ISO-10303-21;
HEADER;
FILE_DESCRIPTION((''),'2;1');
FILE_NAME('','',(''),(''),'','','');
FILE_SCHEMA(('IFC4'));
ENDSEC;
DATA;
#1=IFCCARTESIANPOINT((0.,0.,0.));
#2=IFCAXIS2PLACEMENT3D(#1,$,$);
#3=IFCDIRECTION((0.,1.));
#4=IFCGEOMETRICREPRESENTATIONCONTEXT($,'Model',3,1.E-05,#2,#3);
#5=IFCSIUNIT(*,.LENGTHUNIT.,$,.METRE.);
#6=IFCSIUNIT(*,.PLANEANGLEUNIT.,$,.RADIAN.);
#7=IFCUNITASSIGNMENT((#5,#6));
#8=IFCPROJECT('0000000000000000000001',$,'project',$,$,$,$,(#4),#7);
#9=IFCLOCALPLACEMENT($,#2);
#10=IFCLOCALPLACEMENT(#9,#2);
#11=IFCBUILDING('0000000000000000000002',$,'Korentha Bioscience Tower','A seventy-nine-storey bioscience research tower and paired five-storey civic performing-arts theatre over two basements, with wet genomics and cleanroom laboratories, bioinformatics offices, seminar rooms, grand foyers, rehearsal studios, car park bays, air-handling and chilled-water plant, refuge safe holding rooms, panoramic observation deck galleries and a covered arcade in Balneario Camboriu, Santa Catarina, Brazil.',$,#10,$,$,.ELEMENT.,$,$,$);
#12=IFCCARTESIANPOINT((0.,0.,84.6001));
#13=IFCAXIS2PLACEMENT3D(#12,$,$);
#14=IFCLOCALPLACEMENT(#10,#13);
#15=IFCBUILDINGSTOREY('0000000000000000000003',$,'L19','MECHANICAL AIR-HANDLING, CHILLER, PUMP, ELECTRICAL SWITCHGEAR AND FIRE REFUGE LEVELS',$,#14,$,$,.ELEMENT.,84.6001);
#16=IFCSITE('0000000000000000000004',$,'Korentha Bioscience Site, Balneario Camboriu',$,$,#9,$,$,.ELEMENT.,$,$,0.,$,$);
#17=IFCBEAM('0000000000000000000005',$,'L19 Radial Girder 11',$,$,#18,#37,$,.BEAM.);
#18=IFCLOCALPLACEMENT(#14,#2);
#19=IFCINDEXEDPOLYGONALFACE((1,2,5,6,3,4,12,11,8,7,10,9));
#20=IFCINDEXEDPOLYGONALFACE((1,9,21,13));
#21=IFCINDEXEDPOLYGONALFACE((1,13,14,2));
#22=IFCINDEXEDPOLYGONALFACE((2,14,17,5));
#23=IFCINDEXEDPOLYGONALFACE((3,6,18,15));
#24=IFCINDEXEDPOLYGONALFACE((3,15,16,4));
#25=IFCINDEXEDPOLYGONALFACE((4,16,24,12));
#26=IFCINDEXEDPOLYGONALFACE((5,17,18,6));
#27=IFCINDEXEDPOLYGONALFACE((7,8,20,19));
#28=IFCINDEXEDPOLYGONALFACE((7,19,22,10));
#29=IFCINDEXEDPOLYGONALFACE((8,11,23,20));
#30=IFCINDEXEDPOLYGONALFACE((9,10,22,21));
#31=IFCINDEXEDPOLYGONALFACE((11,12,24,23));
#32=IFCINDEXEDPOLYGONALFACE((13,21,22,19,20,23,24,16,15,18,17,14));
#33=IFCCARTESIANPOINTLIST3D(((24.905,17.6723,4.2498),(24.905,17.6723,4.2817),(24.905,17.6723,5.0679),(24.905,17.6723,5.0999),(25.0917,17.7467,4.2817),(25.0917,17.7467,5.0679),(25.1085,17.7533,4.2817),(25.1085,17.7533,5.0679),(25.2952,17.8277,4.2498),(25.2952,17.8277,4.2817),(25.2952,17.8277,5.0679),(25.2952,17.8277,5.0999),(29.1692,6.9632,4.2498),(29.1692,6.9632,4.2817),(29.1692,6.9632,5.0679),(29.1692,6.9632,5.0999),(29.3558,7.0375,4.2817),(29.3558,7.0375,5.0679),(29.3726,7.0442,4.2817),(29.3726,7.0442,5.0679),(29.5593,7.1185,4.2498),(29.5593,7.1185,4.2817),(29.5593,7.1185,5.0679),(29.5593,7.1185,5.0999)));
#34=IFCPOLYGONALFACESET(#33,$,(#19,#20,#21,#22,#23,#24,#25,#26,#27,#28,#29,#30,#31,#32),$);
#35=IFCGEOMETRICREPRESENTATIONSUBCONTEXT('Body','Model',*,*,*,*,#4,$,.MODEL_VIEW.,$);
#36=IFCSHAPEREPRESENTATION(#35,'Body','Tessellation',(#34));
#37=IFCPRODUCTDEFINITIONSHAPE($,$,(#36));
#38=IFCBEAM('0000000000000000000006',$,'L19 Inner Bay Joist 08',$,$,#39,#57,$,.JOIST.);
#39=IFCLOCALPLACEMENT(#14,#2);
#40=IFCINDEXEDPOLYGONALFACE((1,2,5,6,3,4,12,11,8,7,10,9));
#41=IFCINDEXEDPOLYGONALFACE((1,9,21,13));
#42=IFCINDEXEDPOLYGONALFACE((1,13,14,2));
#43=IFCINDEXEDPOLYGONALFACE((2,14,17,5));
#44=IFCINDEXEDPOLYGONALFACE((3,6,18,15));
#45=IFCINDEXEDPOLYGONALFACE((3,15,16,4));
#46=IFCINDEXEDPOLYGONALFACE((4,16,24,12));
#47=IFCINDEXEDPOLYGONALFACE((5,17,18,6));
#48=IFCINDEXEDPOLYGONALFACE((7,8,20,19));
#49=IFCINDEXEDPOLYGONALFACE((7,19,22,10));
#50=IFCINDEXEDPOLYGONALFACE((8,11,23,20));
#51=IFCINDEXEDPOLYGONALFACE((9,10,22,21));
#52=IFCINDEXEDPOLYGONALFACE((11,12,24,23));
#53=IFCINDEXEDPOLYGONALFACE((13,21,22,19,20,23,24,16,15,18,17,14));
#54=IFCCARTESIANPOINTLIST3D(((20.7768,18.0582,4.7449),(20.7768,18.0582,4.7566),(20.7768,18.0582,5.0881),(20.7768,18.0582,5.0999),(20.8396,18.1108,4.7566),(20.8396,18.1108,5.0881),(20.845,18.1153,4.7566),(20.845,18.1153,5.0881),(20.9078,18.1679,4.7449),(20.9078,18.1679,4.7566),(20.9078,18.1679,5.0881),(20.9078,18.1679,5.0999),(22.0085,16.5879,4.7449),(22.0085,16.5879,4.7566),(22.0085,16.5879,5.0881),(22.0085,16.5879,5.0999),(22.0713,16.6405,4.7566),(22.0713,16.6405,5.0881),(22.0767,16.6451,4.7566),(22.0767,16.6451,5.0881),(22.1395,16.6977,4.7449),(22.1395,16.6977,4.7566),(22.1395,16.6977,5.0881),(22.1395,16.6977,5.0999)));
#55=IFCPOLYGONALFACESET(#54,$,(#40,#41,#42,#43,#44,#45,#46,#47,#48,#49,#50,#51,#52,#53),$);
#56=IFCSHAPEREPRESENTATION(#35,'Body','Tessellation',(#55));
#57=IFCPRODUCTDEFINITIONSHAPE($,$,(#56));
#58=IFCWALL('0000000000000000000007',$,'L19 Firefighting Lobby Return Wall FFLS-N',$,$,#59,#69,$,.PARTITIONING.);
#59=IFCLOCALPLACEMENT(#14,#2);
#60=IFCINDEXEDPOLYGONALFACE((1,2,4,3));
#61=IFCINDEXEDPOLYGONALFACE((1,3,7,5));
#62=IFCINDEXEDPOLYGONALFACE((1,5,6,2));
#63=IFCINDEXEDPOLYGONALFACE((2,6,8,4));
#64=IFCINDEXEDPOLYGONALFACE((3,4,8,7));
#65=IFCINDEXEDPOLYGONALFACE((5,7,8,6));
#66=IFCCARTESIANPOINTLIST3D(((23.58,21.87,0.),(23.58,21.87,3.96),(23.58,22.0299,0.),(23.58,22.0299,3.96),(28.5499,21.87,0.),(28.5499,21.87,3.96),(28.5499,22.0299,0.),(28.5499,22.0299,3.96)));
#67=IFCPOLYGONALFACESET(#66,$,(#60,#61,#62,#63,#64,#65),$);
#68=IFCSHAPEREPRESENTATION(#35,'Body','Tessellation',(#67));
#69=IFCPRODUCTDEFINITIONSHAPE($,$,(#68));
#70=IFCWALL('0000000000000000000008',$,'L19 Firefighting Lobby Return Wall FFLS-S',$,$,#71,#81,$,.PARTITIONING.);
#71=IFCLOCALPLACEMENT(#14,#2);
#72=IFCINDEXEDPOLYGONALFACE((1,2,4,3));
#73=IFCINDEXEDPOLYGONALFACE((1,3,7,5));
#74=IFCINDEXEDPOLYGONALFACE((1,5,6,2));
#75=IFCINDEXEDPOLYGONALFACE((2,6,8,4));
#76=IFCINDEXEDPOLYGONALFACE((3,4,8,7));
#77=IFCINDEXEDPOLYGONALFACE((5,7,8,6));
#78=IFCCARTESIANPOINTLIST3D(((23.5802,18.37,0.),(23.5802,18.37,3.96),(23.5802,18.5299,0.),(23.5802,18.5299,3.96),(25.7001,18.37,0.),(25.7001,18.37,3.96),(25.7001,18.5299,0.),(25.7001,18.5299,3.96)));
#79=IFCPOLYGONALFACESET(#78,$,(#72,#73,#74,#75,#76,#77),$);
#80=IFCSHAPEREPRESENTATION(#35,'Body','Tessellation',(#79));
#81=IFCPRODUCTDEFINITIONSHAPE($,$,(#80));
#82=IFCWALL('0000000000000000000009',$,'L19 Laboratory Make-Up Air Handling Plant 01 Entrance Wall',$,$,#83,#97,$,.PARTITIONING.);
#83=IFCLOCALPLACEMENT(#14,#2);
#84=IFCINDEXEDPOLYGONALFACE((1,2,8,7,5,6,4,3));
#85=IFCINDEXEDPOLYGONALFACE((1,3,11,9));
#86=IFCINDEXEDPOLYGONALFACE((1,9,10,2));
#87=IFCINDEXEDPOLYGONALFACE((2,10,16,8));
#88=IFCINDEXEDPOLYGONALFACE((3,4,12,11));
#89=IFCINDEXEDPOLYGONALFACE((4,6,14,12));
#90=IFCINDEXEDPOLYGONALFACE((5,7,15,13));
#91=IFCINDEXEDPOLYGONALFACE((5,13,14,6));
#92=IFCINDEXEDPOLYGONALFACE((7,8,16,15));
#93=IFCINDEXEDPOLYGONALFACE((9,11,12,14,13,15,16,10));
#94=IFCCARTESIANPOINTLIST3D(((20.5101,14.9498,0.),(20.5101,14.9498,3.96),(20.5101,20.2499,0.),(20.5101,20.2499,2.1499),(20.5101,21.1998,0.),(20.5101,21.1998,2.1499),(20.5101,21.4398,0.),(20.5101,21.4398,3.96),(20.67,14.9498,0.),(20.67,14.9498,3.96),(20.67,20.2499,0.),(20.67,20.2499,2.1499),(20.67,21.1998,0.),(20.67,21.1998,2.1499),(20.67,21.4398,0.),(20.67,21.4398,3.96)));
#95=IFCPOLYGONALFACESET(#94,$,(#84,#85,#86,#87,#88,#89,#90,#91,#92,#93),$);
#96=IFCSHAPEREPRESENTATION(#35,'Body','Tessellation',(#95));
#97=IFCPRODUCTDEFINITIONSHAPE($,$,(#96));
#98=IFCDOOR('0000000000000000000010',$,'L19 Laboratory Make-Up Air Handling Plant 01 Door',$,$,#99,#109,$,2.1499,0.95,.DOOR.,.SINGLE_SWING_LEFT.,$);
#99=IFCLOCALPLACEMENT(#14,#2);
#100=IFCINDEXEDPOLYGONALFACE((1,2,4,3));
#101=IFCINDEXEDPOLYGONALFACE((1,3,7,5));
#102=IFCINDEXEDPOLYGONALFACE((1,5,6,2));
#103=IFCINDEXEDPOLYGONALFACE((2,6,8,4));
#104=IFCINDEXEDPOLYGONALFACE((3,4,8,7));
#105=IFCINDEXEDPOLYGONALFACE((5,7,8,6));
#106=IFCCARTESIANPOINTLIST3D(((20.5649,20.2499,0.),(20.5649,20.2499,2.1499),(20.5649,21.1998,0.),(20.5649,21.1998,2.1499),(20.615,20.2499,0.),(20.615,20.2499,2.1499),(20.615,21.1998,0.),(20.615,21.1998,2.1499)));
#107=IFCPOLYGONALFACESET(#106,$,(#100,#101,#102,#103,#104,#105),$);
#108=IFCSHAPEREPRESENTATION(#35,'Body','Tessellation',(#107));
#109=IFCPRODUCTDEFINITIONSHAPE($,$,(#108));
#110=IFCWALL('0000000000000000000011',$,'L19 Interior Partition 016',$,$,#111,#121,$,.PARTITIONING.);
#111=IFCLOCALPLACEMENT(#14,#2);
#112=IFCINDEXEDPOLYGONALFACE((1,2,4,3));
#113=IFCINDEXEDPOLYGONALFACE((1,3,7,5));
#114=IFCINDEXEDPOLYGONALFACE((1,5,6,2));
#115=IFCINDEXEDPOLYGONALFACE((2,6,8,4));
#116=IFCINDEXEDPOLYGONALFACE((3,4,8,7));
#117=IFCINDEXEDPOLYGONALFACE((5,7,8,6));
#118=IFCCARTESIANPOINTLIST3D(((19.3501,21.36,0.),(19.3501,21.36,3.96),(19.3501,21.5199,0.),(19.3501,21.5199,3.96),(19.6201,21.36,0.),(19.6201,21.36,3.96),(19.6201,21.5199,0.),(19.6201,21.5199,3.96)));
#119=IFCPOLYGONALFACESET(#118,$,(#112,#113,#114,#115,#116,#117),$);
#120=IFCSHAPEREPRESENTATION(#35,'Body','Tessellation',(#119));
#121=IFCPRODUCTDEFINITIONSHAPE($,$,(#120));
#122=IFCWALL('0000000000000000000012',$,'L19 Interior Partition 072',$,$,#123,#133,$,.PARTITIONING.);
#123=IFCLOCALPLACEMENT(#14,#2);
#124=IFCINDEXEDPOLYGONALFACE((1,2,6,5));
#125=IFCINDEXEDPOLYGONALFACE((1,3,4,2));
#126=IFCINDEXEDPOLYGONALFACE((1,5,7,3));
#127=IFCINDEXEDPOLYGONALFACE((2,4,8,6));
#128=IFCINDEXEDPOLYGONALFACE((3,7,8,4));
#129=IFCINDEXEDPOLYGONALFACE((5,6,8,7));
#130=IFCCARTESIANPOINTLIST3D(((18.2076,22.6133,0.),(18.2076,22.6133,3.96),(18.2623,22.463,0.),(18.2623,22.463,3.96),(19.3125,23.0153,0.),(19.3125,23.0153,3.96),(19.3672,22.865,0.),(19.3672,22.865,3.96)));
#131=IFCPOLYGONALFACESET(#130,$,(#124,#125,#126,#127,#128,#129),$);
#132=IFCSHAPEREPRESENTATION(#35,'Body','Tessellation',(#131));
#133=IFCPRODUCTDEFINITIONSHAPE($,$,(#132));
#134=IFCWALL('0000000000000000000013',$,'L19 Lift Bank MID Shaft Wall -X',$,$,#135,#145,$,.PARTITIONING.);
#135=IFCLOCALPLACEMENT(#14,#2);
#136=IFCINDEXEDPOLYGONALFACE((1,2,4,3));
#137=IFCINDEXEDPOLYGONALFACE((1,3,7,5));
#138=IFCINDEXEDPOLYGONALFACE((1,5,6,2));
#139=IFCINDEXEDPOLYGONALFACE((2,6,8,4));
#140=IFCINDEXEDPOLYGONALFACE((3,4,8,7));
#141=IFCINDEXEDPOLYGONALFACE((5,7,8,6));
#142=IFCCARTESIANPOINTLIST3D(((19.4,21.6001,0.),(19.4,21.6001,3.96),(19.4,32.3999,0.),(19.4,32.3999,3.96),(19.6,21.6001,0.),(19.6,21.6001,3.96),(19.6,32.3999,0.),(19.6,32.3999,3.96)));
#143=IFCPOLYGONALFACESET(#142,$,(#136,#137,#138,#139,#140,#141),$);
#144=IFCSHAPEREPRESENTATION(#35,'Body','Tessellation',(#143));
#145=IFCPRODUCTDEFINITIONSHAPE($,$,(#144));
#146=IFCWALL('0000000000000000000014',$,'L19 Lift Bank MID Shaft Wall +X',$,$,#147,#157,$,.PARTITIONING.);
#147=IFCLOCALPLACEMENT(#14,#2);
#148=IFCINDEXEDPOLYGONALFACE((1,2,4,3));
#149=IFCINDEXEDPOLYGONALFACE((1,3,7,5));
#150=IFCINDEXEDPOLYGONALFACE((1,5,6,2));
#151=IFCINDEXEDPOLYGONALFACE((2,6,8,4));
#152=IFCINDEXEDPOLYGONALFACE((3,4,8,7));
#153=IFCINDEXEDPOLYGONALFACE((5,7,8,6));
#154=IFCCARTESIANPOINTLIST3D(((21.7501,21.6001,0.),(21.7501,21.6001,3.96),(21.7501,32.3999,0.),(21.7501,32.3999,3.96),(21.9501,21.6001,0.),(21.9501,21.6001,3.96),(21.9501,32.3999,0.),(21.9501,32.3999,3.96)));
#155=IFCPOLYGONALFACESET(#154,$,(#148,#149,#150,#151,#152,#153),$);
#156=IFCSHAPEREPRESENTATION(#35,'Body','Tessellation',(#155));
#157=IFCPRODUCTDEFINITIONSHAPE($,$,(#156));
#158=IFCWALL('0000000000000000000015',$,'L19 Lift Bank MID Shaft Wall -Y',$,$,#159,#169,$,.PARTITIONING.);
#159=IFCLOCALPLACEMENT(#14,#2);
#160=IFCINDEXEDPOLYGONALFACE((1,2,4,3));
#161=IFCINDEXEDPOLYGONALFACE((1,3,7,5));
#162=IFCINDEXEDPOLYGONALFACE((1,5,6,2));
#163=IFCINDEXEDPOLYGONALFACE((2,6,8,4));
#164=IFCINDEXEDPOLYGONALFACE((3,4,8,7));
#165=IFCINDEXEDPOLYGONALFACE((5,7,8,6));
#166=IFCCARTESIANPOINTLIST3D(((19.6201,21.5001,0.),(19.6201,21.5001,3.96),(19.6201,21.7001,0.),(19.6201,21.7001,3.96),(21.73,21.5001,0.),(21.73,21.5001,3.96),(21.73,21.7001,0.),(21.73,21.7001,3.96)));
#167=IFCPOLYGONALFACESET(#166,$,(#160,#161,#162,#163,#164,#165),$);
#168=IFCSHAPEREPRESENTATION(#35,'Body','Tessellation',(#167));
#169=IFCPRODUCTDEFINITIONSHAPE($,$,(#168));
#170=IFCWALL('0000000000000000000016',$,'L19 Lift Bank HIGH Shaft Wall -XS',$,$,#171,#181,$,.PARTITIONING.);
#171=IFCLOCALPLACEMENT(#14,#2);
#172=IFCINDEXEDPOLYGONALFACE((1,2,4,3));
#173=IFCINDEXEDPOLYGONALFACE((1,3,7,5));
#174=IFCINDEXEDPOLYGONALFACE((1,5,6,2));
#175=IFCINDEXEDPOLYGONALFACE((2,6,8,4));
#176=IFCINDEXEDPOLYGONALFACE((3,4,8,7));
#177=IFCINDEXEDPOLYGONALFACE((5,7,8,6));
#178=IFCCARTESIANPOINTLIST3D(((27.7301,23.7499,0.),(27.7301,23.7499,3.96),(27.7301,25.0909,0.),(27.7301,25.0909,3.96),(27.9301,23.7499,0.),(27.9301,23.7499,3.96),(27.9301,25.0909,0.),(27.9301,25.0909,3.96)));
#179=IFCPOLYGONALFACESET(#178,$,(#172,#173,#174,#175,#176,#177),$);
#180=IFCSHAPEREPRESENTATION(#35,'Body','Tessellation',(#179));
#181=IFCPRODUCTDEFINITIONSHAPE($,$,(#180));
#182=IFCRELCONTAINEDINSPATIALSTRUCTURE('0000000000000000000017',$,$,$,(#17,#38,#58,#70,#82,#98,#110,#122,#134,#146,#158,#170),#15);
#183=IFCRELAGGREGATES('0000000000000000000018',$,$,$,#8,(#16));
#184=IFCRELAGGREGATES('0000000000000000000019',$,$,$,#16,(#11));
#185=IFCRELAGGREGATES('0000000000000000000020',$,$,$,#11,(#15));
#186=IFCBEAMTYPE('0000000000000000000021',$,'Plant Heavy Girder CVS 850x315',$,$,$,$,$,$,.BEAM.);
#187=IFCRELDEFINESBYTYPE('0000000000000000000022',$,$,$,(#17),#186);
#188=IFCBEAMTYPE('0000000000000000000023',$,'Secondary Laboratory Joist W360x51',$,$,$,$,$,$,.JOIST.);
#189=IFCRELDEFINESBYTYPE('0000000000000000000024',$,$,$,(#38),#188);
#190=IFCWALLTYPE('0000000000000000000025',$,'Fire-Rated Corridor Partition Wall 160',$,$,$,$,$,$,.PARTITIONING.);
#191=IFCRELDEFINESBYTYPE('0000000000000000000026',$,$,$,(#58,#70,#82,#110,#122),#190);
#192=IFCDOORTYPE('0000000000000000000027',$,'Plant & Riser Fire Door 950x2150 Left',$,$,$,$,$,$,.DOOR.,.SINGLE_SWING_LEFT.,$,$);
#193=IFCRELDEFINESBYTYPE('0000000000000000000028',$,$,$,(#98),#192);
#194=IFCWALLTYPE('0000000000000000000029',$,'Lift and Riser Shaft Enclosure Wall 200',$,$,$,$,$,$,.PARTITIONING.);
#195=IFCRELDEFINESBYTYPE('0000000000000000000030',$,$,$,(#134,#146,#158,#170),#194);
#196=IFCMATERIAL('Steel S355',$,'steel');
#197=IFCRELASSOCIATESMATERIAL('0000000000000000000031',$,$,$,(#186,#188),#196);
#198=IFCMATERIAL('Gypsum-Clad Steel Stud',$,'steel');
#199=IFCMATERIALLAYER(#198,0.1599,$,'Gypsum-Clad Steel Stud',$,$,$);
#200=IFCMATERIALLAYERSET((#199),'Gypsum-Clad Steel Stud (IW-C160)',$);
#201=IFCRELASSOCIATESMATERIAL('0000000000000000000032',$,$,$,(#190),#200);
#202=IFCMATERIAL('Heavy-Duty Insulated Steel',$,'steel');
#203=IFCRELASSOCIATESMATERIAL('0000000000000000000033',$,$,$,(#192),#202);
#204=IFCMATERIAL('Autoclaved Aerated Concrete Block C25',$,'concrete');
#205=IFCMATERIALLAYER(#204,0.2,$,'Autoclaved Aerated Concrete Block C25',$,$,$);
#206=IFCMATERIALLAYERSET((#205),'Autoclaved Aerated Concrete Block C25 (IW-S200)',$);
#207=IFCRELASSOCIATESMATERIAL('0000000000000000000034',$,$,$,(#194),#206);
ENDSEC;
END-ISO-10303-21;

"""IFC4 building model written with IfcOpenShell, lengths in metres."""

from ifc_helpers import new_model, si_unit, direction, frame, frame_2d, origin, origin_2d, place, context, subcontext, project, spatial, rectangle, i_section, extrude, material, layer, layer_set, material_profile, profile_set, type_object, element, fill, save


model = new_model("IFC4")

# Units and contexts
model_context = context("Model", 3, precision=1e-05, world=origin(), true_north=direction((0.0, 1.0)))
body_context = subcontext(model_context, "Body", "Model", "MODEL_VIEW")
ifc_project = project(units=[si_unit("LENGTHUNIT", "METRE"), si_unit("PLANEANGLEUNIT", "RADIAN")], contexts=[model_context])

# Site, building, storey
site_placement = place(None, origin())
site = spatial("IfcSite", under=ifc_project, at=site_placement, Name="Korentha Bioscience Site, Balneario Camboriu", CompositionType="ELEMENT", RefElevation=0.0)
building_placement = place(site_placement, origin())
building = spatial("IfcBuilding", under=site, at=building_placement, Name="Korentha Bioscience Tower", Description="A seventy-nine-storey bioscience research tower and paired five-storey civic performing-arts theatre over two basements, with wet genomics and cleanroom laboratories, bioinformatics offices, seminar rooms, grand foyers, rehearsal studios, car park bays, air-handling and chilled-water plant, refuge safe holding rooms, panoramic observation deck galleries and a covered arcade in Balneario Camboriu, Santa Catarina, Brazil.", CompositionType="ELEMENT")
storey_placement = place(building_placement, frame((0.0, 0.0, 84.6001)))
storey = spatial("IfcBuildingStorey", under=building, at=storey_placement, Name="L19", Description="MECHANICAL AIR-HANDLING, CHILLER, PUMP, ELECTRICAL SWITCHGEAR AND FIRE REFUGE LEVELS", CompositionType="ELEMENT", Elevation=84.6001)

# Beams
ifc_material_1 = material(Name="Steel S355", Category="steel")
ifc_material_profile_1 = material_profile(ifc_material_1, i_section(OverallWidth=0.4199, OverallDepth=0.8501, WebThickness=0.0181, FlangeThickness=0.032, at=origin_2d()), Name="Steel S355")
ifc_profile_set_1 = profile_set([ifc_material_profile_1], Name="Steel S355 (MB-850)")
beam_type_1 = type_object("IfcBeamType", Name="Plant Heavy Girder CVS 850x315", PredefinedType="BEAM", material=ifc_profile_set_1)
beam_1_placement = place(storey_placement, frame((25.1001, 17.75, 4.6748), z_axis=(0.36993, -0.92906, 0.0), x_axis=(0.92906, 0.36993, 0.0)))
element("IfcBeam", 1, at=beam_1_placement, inside=storey, type_object=beam_type_1, Name="L19 Radial Girder 11", PredefinedType="BEAM", context=body_context, shape_type="SweptSolid", body=[
    extrude(i_section(OverallWidth=0.4199, OverallDepth=0.8501, WebThickness=0.0181, FlangeThickness=0.032, at=origin_2d()), origin(), (0.0, 0.0, 1.0), 11.5269),
])
ifc_material_profile_2 = material_profile(ifc_material_1, i_section(OverallWidth=0.1709, OverallDepth=0.355, WebThickness=0.0071, FlangeThickness=0.0117, at=origin_2d()), Name="Steel S355")
ifc_profile_set_2 = profile_set([ifc_material_profile_2], Name="Steel S355 (JB-360)")
beam_type_2 = type_object("IfcBeamType", Name="Secondary Laboratory Joist W360x51", PredefinedType="JOIST", material=ifc_profile_set_2)
beam_2_placement = place(storey_placement, frame((20.8423, 18.113, 4.9224), z_axis=(0.642185, -0.766549, 0.0), x_axis=(0.766549, 0.642185, 0.0)))
element("IfcBeam", 2, at=beam_2_placement, inside=storey, type_object=beam_type_2, Name="L19 Inner Bay Joist 08", PredefinedType="JOIST", context=body_context, shape_type="SweptSolid", body=[
    extrude(i_section(OverallWidth=0.1709, OverallDepth=0.355, WebThickness=0.0071, FlangeThickness=0.0117, at=origin_2d()), origin(), (0.0, 0.0, 1.0), 1.918),
])

# Shared definitions
ifc_material_2 = material(Name="Gypsum-Clad Steel Stud", Category="steel")
ifc_layer_1 = layer(ifc_material_2, 0.1599, Name="Gypsum-Clad Steel Stud")
ifc_layer_set_1 = layer_set([ifc_layer_1], Name="Gypsum-Clad Steel Stud (IW-C160)")
wall_type_1 = type_object("IfcWallType", Name="Fire-Rated Corridor Partition Wall 160", PredefinedType="PARTITIONING", material=ifc_layer_set_1)

# Walls
wall_1_placement = place(storey_placement, frame((23.5801, 21.95, 0.0), z_axis=(0.0, 0.0, 1.0), x_axis=(1.0, 0.0, 0.0)))
element("IfcWall", 3, at=wall_1_placement, inside=storey, type_object=wall_type_1, Name="L19 Firefighting Lobby Return Wall FFLS-N", PredefinedType="PARTITIONING", context=body_context, shape_type="SweptSolid", body=[
    extrude(rectangle(XDim=4.97, YDim=0.1599, at=frame_2d((2.4849, 0.0))), origin(), (0.0, 0.0, 1.0), 3.96),
])
wall_2_placement = place(storey_placement, frame((23.5801, 18.45, 0.0), z_axis=(0.0, 0.0, 1.0), x_axis=(1.0, 0.0, 0.0)))
element("IfcWall", 4, at=wall_2_placement, inside=storey, type_object=wall_type_1, Name="L19 Firefighting Lobby Return Wall FFLS-S", PredefinedType="PARTITIONING", context=body_context, shape_type="SweptSolid", body=[
    extrude(rectangle(XDim=2.1199, YDim=0.1599, at=frame_2d((1.0601, 0.0))), origin(), (0.0, 0.0, 1.0), 3.96),
])

# Wall, opening, door
wall_3_placement = place(storey_placement, frame((20.5901, 21.4399, 0.0), z_axis=(0.0, 0.0, 1.0), x_axis=(0.0, -1.0, 0.0)))
wall_3 = element("IfcWall", 5, at=wall_3_placement, inside=storey, type_object=wall_type_1, Name="L19 Laboratory Make-Up Air Handling Plant 01 Entrance Wall", PredefinedType="PARTITIONING", context=body_context, shape_type="SweptSolid", body=[
    extrude(rectangle(XDim=6.49, YDim=0.1599, at=frame_2d((3.2451, 0.0))), origin(), (0.0, 0.0, 1.0), 3.96),
])
opening_1_placement = place(wall_3_placement, frame((0.24, 0.0, 0.0)))
opening_1 = element("IfcOpeningElement", 6, at=opening_1_placement, cuts=wall_3, PredefinedType="OPENING", context=body_context, shape_type="SweptSolid", body=[
    extrude(rectangle(XDim=0.95, YDim=2.1499, at=frame_2d((0.4751, 1.075))), frame((0.0, 0.0947, 0.0), z_axis=(0.0, -1.0, 0.0), x_axis=(1.0, 0.0, 0.0)), (0.0, 0.0, 1.0), 0.1897),
])
ifc_material_3 = material(Name="Heavy-Duty Insulated Steel", Category="steel")
door_type_1 = type_object("IfcDoorType", Name="Plant & Riser Fire Door 950x2150 Left", OperationType="SINGLE_SWING_LEFT", PredefinedType="DOOR", material=ifc_material_3)
door_1_placement = place(opening_1_placement, origin())
door_1 = element("IfcDoor", 7, at=door_1_placement, inside=storey, type_object=door_type_1, Name="L19 Laboratory Make-Up Air Handling Plant 01 Door", OperationType="SINGLE_SWING_LEFT", OverallHeight=2.1499, OverallWidth=0.95, PredefinedType="DOOR", context=body_context, shape_type="SweptSolid", body=[
    extrude(rectangle(XDim=0.95, YDim=2.1499, at=frame_2d((0.4751, 1.075))), frame((0.0, 0.0249, 0.0), z_axis=(0.0, -1.0, 0.0), x_axis=(1.0, 0.0, 0.0)), (0.0, 0.0, 1.0), 0.05),
])
fill(opening_1, door_1)

# Walls
wall_4_placement = place(storey_placement, frame((19.3501, 21.4399, 0.0), z_axis=(0.0, 0.0, 1.0), x_axis=(1.0, 0.0, 0.0)))
element("IfcWall", 8, at=wall_4_placement, inside=storey, type_object=wall_type_1, Name="L19 Interior Partition 016", PredefinedType="PARTITIONING", context=body_context, shape_type="SweptSolid", body=[
    extrude(rectangle(XDim=0.27, YDim=0.1599, at=frame_2d((0.135, 0.0))), origin(), (0.0, 0.0, 1.0), 3.96),
])
wall_5_placement = place(storey_placement, frame((19.3398, 22.9402, 0.0), z_axis=(0.0, 0.0, 1.0), x_axis=(-0.939715, -0.34196, 0.0)))
element("IfcWall", 9, at=wall_5_placement, inside=storey, type_object=wall_type_1, Name="L19 Interior Partition 072", PredefinedType="PARTITIONING", context=body_context, shape_type="SweptSolid", body=[
    extrude(rectangle(XDim=1.1758, YDim=0.1599, at=frame_2d((0.5879, 0.0))), origin(), (0.0, 0.0, 1.0), 3.96),
])
ifc_material_4 = material(Name="Autoclaved Aerated Concrete Block C25", Category="concrete")
ifc_layer_2 = layer(ifc_material_4, 0.2, Name="Autoclaved Aerated Concrete Block C25")
ifc_layer_set_2 = layer_set([ifc_layer_2], Name="Autoclaved Aerated Concrete Block C25 (IW-S200)")
wall_type_2 = type_object("IfcWallType", Name="Lift and Riser Shaft Enclosure Wall 200", PredefinedType="PARTITIONING", material=ifc_layer_set_2)
for number, where, z_axis, x_axis, name in (
    (10, (19.5, 21.6001, 0.0), (0.0, 0.0, 1.0), (0.0, 1.0, 0.0), "L19 Lift Bank MID Shaft Wall -X"),
    (11, (21.8501, 21.6001, 0.0), (0.0, 0.0, 1.0), (0.0, 1.0, 0.0), "L19 Lift Bank MID Shaft Wall +X"),
):
    element("IfcWall", number, at=place(storey_placement, frame(where, z_axis=z_axis, x_axis=x_axis)), inside=storey, type_object=wall_type_2, Name=name, PredefinedType="PARTITIONING", context=body_context, shape_type="SweptSolid", body=[
        extrude(rectangle(XDim=10.7998, YDim=0.2, at=frame_2d((5.3999, 0.0))), origin(), (0.0, 0.0, 1.0), 3.96),
    ])
wall_6_placement = place(storey_placement, frame((19.6201, 21.6001, 0.0), z_axis=(0.0, 0.0, 1.0), x_axis=(1.0, 0.0, 0.0)))
element("IfcWall", 12, at=wall_6_placement, inside=storey, type_object=wall_type_2, Name="L19 Lift Bank MID Shaft Wall -Y", PredefinedType="PARTITIONING", context=body_context, shape_type="SweptSolid", body=[
    extrude(rectangle(XDim=2.1099, YDim=0.2, at=frame_2d((1.0549, 0.0))), origin(), (0.0, 0.0, 1.0), 3.96),
])
wall_7_placement = place(storey_placement, frame((27.8301, 23.75, 0.0), z_axis=(0.0, 0.0, 1.0), x_axis=(0.0, 1.0, 0.0)))
element("IfcWall", 13, at=wall_7_placement, inside=storey, type_object=wall_type_2, Name="L19 Lift Bank HIGH Shaft Wall -XS", PredefinedType="PARTITIONING", context=body_context, shape_type="SweptSolid", body=[
    extrude(rectangle(XDim=1.3411, YDim=0.2, at=frame_2d((0.6704, 0.0))), origin(), (0.0, 0.0, 1.0), 3.96),
])

save(model, "model.ifc")
